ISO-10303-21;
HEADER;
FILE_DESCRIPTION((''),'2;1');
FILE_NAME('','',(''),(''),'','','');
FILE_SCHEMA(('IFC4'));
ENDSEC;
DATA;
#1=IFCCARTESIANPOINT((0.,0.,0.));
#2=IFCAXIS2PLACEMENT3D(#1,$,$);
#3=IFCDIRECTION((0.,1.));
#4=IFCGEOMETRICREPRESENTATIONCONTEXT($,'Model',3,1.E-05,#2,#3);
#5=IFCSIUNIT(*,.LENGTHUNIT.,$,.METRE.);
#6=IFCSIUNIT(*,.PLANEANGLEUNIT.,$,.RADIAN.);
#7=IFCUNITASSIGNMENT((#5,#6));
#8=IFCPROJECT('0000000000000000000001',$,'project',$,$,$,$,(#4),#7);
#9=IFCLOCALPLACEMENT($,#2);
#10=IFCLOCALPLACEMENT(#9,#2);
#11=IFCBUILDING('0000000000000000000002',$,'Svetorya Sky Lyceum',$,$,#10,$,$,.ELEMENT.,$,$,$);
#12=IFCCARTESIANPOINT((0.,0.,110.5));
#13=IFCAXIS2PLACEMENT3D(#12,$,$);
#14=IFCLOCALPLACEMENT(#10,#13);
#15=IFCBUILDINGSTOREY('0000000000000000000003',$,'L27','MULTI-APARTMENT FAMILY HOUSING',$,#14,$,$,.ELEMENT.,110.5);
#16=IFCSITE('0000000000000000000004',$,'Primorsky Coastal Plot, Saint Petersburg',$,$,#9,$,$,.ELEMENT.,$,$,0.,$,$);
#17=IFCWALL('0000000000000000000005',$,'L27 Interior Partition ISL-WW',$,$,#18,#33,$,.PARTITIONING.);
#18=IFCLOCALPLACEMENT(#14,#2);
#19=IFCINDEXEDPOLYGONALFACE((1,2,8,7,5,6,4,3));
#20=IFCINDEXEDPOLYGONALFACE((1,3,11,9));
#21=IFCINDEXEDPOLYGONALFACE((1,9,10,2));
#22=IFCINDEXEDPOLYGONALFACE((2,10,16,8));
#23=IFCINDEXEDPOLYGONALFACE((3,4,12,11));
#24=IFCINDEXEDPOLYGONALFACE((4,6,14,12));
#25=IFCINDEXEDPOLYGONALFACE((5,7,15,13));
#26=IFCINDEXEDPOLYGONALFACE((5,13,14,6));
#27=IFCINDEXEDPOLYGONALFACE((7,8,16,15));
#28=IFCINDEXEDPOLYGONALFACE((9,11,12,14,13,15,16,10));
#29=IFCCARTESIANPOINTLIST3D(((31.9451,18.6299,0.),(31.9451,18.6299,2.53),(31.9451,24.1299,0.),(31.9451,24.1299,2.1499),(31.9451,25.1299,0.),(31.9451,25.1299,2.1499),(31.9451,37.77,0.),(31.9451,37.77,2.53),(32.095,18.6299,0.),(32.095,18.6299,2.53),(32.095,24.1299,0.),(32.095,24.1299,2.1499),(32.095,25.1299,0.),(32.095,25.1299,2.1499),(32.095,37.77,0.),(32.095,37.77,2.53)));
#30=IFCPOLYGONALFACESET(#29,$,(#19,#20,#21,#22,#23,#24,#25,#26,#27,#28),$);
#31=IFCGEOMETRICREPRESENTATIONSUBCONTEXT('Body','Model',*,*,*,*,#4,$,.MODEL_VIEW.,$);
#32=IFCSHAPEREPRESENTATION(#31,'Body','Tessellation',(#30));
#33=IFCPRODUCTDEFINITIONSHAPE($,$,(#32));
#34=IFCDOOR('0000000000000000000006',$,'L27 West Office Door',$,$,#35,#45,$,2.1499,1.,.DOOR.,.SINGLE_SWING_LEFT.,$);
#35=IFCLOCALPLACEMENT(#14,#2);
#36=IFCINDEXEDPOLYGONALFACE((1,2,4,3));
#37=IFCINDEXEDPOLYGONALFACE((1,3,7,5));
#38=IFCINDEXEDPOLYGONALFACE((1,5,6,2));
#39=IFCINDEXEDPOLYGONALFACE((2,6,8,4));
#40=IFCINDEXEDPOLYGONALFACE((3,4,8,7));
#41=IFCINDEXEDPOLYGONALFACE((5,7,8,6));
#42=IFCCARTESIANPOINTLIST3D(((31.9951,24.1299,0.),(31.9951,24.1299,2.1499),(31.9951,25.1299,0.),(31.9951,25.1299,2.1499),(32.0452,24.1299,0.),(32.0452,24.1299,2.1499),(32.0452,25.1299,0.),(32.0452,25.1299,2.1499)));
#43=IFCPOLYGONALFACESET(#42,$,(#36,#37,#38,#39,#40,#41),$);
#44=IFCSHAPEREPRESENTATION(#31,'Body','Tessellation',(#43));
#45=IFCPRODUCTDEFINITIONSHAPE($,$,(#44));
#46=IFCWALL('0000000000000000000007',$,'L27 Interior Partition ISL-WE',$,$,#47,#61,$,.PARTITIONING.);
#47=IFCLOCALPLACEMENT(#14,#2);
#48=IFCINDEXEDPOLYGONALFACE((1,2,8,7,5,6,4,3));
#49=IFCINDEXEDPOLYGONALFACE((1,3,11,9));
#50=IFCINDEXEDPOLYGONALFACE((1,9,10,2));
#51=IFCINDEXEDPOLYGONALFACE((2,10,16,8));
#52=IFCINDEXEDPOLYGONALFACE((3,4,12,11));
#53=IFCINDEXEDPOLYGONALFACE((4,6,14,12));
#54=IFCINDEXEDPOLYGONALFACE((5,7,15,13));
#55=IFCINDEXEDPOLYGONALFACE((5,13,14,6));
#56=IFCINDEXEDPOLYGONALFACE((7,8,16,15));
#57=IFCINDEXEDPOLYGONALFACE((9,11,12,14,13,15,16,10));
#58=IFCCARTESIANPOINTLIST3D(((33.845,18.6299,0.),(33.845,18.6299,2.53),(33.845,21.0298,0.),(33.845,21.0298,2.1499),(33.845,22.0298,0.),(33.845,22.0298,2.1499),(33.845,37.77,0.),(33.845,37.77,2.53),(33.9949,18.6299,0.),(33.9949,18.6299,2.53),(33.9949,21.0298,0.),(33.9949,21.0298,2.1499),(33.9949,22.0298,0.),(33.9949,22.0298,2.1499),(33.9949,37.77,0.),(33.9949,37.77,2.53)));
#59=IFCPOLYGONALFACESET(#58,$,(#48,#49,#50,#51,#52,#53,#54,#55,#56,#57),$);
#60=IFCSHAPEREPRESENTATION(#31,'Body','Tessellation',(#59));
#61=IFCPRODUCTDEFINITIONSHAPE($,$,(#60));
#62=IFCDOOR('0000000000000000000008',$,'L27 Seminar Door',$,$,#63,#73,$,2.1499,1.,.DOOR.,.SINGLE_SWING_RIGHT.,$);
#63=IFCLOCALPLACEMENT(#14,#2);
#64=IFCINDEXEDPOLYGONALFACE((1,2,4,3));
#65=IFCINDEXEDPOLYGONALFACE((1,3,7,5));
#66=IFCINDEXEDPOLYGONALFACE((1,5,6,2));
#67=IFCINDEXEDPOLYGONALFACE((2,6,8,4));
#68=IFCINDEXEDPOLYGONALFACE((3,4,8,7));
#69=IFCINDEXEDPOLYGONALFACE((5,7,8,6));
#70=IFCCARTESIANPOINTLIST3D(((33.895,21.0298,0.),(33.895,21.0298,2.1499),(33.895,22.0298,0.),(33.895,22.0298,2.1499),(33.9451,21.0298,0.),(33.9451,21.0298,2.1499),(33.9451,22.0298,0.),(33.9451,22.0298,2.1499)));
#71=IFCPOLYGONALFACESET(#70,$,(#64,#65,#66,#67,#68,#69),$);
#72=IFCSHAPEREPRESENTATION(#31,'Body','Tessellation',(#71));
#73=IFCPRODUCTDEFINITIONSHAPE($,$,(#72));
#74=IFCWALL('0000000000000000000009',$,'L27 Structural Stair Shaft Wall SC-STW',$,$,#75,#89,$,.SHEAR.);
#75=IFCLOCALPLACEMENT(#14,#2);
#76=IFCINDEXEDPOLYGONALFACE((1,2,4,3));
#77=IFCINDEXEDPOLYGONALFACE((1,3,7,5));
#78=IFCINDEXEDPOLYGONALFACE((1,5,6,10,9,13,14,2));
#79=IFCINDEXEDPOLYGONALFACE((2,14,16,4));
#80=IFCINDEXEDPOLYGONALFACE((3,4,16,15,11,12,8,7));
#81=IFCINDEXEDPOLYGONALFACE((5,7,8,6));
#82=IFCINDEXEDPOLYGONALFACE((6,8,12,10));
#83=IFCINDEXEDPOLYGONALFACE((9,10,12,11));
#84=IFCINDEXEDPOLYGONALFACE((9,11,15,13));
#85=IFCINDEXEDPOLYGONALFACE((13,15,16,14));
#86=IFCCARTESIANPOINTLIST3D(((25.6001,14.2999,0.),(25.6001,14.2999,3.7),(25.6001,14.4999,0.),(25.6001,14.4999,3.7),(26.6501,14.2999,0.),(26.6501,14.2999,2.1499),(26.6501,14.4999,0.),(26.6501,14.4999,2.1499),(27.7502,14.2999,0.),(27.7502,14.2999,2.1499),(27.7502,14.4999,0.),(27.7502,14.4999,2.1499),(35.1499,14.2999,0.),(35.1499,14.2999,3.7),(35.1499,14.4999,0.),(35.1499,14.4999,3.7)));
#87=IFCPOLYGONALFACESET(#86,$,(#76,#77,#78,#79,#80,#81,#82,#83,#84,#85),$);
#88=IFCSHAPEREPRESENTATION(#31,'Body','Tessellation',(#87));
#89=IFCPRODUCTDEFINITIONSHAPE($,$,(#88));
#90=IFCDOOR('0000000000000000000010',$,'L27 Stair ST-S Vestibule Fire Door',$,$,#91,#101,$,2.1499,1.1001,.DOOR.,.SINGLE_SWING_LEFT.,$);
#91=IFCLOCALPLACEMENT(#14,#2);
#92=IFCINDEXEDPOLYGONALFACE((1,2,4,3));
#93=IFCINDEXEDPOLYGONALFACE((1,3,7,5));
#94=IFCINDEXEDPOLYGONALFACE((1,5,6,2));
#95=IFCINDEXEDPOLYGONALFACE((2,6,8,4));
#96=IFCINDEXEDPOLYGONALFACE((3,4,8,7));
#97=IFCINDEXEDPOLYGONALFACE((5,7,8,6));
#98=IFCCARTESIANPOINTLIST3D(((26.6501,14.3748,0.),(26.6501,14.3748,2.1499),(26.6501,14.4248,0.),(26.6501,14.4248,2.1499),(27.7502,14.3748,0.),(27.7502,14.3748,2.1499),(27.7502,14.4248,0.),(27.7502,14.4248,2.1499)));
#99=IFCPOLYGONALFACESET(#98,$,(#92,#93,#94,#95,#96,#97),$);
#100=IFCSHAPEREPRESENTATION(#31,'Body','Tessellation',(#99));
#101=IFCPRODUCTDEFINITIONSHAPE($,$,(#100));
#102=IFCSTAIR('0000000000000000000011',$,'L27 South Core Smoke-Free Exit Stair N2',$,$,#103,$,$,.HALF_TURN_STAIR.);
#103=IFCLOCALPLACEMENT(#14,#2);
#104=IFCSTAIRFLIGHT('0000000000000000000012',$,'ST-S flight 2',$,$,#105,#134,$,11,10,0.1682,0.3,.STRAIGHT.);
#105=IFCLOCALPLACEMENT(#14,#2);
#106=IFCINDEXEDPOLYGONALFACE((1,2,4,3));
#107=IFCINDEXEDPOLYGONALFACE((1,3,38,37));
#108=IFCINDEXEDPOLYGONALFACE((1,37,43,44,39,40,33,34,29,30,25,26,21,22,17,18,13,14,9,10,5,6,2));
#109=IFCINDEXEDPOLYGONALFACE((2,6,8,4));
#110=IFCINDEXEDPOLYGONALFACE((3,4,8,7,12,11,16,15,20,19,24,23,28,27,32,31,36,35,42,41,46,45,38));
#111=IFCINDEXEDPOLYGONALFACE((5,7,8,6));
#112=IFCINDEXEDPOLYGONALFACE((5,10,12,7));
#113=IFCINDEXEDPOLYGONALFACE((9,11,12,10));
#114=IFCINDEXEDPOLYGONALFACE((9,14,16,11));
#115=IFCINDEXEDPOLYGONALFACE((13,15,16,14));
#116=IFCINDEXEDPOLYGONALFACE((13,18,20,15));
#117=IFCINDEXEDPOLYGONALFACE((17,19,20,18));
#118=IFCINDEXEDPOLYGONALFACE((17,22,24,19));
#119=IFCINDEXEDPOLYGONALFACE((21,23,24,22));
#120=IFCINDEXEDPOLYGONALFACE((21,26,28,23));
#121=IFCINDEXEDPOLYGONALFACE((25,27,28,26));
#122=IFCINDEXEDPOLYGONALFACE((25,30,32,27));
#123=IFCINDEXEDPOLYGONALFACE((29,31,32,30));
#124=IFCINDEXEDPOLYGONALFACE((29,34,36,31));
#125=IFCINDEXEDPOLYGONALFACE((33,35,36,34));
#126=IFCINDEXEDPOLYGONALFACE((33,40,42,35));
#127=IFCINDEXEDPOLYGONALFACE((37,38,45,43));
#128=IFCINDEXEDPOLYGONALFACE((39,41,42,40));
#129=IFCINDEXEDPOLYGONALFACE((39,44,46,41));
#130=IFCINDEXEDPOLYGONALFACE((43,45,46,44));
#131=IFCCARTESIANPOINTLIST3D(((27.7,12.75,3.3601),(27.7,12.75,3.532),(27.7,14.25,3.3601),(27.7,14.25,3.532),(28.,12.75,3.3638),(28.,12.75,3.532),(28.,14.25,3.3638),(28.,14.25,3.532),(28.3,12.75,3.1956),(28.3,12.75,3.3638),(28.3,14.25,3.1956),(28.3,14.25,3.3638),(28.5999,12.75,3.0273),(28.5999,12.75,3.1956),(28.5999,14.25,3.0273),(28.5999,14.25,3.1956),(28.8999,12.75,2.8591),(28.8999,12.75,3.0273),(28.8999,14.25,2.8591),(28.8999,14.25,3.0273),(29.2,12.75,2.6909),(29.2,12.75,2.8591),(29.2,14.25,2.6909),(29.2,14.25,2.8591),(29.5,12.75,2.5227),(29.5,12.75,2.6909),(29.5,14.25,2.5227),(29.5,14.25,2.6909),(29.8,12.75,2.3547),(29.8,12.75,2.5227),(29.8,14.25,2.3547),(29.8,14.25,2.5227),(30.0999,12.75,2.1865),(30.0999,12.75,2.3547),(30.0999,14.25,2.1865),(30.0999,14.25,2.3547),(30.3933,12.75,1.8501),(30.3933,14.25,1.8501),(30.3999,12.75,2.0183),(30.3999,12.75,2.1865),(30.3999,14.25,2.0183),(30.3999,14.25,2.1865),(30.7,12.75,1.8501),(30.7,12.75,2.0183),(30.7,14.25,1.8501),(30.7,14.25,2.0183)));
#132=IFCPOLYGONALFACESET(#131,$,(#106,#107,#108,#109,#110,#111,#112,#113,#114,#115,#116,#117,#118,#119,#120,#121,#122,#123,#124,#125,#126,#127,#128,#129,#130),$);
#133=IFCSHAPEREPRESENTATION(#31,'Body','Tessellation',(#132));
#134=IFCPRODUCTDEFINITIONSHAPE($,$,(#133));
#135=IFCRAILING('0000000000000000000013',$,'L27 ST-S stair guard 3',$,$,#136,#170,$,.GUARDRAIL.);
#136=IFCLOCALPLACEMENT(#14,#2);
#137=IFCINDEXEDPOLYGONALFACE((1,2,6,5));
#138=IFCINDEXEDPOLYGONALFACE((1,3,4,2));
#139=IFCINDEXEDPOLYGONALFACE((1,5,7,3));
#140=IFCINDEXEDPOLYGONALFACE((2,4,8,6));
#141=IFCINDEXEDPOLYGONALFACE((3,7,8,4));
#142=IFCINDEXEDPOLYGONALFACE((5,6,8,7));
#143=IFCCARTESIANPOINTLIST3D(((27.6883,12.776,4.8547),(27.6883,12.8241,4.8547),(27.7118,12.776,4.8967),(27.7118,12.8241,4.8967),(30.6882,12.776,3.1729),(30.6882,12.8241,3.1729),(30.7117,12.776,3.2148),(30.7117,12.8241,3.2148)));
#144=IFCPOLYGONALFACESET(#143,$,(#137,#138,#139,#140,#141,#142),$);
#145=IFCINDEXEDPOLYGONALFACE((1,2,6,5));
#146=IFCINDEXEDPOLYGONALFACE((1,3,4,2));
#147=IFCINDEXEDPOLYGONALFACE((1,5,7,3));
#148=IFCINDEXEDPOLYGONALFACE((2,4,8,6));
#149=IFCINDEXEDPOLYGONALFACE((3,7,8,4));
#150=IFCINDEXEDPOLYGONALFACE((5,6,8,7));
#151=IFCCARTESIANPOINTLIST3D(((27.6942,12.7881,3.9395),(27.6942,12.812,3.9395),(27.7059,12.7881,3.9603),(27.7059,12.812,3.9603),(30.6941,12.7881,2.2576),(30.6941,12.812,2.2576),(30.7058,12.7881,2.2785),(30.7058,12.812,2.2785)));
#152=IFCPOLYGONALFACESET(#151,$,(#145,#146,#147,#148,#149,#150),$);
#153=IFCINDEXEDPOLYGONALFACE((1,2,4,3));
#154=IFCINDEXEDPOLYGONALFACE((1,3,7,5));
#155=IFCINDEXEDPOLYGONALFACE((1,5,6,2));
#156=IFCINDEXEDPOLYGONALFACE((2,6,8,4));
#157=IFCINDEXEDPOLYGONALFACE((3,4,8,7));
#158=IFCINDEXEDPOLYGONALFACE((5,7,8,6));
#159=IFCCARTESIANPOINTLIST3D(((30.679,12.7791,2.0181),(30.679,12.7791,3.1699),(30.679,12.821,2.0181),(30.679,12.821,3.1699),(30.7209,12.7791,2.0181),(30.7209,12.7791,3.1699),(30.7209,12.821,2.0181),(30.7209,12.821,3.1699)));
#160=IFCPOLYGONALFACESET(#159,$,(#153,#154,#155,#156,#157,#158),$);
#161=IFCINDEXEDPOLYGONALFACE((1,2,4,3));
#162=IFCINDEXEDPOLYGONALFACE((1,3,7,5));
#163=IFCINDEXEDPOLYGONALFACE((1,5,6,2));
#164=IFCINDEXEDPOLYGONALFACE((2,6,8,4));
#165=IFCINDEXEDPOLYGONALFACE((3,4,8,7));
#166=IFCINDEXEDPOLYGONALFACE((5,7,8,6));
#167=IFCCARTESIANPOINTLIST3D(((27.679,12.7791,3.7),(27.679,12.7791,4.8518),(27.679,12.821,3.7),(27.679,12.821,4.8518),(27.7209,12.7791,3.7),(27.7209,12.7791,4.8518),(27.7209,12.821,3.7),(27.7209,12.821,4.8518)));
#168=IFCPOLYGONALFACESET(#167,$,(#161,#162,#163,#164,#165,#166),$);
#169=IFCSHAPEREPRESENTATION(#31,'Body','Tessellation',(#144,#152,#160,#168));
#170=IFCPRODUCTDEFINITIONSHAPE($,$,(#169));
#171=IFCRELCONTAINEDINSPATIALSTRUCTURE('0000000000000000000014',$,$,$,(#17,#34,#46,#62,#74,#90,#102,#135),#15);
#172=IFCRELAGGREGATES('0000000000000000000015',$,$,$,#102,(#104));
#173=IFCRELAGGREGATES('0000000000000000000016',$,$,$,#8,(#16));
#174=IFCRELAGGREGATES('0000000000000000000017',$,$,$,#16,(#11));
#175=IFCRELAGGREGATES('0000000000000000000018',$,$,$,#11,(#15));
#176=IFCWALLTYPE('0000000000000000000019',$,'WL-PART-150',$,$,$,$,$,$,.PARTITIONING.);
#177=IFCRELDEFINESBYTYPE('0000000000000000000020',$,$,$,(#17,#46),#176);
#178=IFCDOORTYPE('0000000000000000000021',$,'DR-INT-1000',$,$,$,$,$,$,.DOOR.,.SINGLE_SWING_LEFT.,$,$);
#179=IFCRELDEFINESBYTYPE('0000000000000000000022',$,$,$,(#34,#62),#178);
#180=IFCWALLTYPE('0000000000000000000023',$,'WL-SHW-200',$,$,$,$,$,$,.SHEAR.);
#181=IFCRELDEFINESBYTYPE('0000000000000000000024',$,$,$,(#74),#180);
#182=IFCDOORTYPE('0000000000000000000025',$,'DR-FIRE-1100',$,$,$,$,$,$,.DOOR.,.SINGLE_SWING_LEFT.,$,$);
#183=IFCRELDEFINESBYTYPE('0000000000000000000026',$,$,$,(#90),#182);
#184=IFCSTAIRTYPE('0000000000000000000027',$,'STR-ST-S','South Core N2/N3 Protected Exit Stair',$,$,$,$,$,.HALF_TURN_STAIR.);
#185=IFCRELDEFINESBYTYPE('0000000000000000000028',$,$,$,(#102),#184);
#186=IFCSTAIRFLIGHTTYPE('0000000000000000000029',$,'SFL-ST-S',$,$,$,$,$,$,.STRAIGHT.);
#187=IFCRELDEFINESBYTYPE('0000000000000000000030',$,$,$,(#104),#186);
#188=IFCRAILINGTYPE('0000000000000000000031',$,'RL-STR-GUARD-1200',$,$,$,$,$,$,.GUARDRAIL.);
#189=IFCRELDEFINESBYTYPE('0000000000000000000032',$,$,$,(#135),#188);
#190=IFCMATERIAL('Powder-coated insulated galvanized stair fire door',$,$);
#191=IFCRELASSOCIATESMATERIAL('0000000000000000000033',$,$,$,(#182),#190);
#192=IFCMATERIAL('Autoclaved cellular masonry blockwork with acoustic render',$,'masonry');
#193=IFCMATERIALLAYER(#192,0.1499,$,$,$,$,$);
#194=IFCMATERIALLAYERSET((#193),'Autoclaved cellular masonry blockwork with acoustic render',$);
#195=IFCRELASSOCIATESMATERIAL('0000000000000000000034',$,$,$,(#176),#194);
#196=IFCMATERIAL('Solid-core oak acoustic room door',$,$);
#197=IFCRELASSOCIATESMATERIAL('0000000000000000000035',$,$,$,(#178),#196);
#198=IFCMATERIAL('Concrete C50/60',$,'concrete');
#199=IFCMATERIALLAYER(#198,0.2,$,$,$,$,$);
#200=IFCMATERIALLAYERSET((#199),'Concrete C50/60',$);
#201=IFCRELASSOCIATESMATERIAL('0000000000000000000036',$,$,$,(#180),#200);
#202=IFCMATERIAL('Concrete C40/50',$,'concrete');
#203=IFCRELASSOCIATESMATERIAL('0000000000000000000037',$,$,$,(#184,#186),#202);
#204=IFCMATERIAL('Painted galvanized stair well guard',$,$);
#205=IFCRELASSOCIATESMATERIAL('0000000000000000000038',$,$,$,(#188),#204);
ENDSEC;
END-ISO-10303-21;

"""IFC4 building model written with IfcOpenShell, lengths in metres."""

from ifc_helpers import new_model, si_unit, direction, frame, frame_2d, origin, origin_2d, place, context, subcontext, project, spatial, polyline, rectangle, outline, extrude, material, layer, layer_set, type_object, element, fill, aggregate, save


model = new_model("IFC4")

# Units and contexts
model_context = context("Model", 3, precision=1e-05, world=origin(), true_north=direction((0.0, 1.0)))
body_context = subcontext(model_context, "Body", "Model", "MODEL_VIEW")
ifc_project = project(units=[si_unit("LENGTHUNIT", "METRE"), si_unit("PLANEANGLEUNIT", "RADIAN")], contexts=[model_context])

# Site, building, storey
site_placement = place(None, origin())
site = spatial("IfcSite", under=ifc_project, at=site_placement, Name="Primorsky Coastal Plot, Saint Petersburg", CompositionType="ELEMENT", RefElevation=0.0)
building_placement = place(site_placement, origin())
building = spatial("IfcBuilding", under=site, at=building_placement, Name="Svetorya Sky Lyceum", CompositionType="ELEMENT")
storey_placement = place(building_placement, frame((0.0, 0.0, 110.5)))
storey = spatial("IfcBuildingStorey", under=building, at=storey_placement, Name="L27", Description="MULTI-APARTMENT FAMILY HOUSING", CompositionType="ELEMENT", Elevation=110.5)

# Shared definitions
ifc_material_1 = material(Name="Concrete C50/60", Category="concrete")

# Shared definitions
ifc_material_2 = material(Name="Powder-coated insulated galvanized stair fire door")
door_type_1 = type_object("IfcDoorType", Name="DR-FIRE-1100", OperationType="SINGLE_SWING_LEFT", PredefinedType="DOOR", material=ifc_material_2)

# Shared definitions
ifc_material_3 = material(Name="Autoclaved cellular masonry blockwork with acoustic render", Category="masonry")
ifc_layer_1 = layer(ifc_material_3, 0.1499)
ifc_layer_set_1 = layer_set([ifc_layer_1], Name="Autoclaved cellular masonry blockwork with acoustic render")
wall_type_1 = type_object("IfcWallType", Name="WL-PART-150", PredefinedType="PARTITIONING", material=ifc_layer_set_1)

# Walls, openings, doors
wall_1_placement = place(storey_placement, frame((32.02, 18.6299, 0.0), z_axis=(0.0, 0.0, 1.0), x_axis=(0.0, 1.0, 0.0)))
wall_1 = element("IfcWall", 1, at=wall_1_placement, inside=storey, type_object=wall_type_1, Name="L27 Interior Partition ISL-WW", PredefinedType="PARTITIONING", context=body_context, shape_type="SweptSolid", body=[
    extrude(rectangle(XDim=19.1401, YDim=0.1499, at=frame_2d((9.5701, 0.0))), origin(), (0.0, 0.0, 1.0), 2.53),
])
opening_1_placement = place(wall_1_placement, frame((5.5, 0.0, 0.0)))
opening_1 = element("IfcOpeningElement", 2, at=opening_1_placement, cuts=wall_1, PredefinedType="OPENING", context=body_context, shape_type="SweptSolid", body=[
    extrude(rectangle(XDim=1.0, YDim=2.1499, at=frame_2d((0.5, 1.075))), frame((0.0, 0.085, 0.0), z_axis=(0.0, -1.0, 0.0), x_axis=(1.0, 0.0, 0.0)), (0.0, 0.0, 1.0), 0.1699),
])
ifc_material_4 = material(Name="Solid-core oak acoustic room door")
door_type_2 = type_object("IfcDoorType", Name="DR-INT-1000", OperationType="SINGLE_SWING_LEFT", PredefinedType="DOOR", material=ifc_material_4)
door_1_placement = place(opening_1_placement, origin())
door_1 = element("IfcDoor", 3, at=door_1_placement, inside=storey, type_object=door_type_2, Name="L27 West Office Door", OperationType="SINGLE_SWING_LEFT", OverallHeight=2.1499, OverallWidth=1.0, PredefinedType="DOOR", context=body_context, shape_type="SweptSolid", body=[
    extrude(rectangle(XDim=1.0, YDim=2.1499, at=frame_2d((0.5, 1.075))), frame((0.0, 0.0249, 0.0), z_axis=(0.0, -1.0, 0.0), x_axis=(1.0, 0.0, 0.0)), (0.0, 0.0, 1.0), 0.05),
])
fill(opening_1, door_1)
wall_2_placement = place(storey_placement, frame((33.9199, 18.6299, 0.0), z_axis=(0.0, 0.0, 1.0), x_axis=(0.0, 1.0, 0.0)))
wall_2 = element("IfcWall", 4, at=wall_2_placement, inside=storey, type_object=wall_type_1, Name="L27 Interior Partition ISL-WE", PredefinedType="PARTITIONING", context=body_context, shape_type="SweptSolid", body=[
    extrude(rectangle(XDim=19.1401, YDim=0.1499, at=frame_2d((9.5701, 0.0))), origin(), (0.0, 0.0, 1.0), 2.53),
])
opening_2_placement = place(wall_2_placement, frame((2.3999, 0.0, 0.0)))
opening_2 = element("IfcOpeningElement", 5, at=opening_2_placement, cuts=wall_2, PredefinedType="OPENING", context=body_context, shape_type="SweptSolid", body=[
    extrude(rectangle(XDim=1.0, YDim=2.1499, at=frame_2d((0.5, 1.075))), frame((0.0, 0.085, 0.0), z_axis=(0.0, -1.0, 0.0), x_axis=(1.0, 0.0, 0.0)), (0.0, 0.0, 1.0), 0.1699),
])
door_2_placement = place(opening_2_placement, origin())
door_2 = element("IfcDoor", 6, at=door_2_placement, inside=storey, type_object=door_type_2, Name="L27 Seminar Door", OperationType="SINGLE_SWING_RIGHT", OverallHeight=2.1499, OverallWidth=1.0, PredefinedType="DOOR", context=body_context, shape_type="SweptSolid", body=[
    extrude(rectangle(XDim=1.0, YDim=2.1499, at=frame_2d((0.5, 1.075))), frame((0.0, 0.0249, 0.0), z_axis=(0.0, -1.0, 0.0), x_axis=(1.0, 0.0, 0.0)), (0.0, 0.0, 1.0), 0.05),
])
fill(opening_2, door_2)
ifc_layer_2 = layer(ifc_material_1, 0.2)
ifc_layer_set_2 = layer_set([ifc_layer_2], Name="Concrete C50/60")
wall_type_2 = type_object("IfcWallType", Name="WL-SHW-200", PredefinedType="SHEAR", material=ifc_layer_set_2)
wall_3_placement = place(storey_placement, frame((25.6001, 14.3999, 0.0), z_axis=(0.0, 0.0, 1.0), x_axis=(1.0, 0.0, 0.0)))
wall_3 = element("IfcWall", 7, at=wall_3_placement, inside=storey, type_object=wall_type_2, Name="L27 Structural Stair Shaft Wall SC-STW", PredefinedType="SHEAR", context=body_context, shape_type="SweptSolid", body=[
    extrude(rectangle(XDim=9.5498, YDim=0.2, at=frame_2d((4.7749, 0.0))), origin(), (0.0, 0.0, 1.0), 3.7),
])
opening_3_placement = place(wall_3_placement, frame((1.05, 0.0, 0.0)))
opening_3 = element("IfcOpeningElement", 8, at=opening_3_placement, cuts=wall_3, PredefinedType="OPENING", context=body_context, shape_type="SweptSolid", body=[
    extrude(rectangle(XDim=1.1001, YDim=2.1499, at=frame_2d((0.55, 1.075))), frame((0.0, 0.1099, 0.0), z_axis=(0.0, -1.0, 0.0), x_axis=(1.0, 0.0, 0.0)), (0.0, 0.0, 1.0), 0.22),
])
door_3_placement = place(opening_3_placement, origin())
door_3 = element("IfcDoor", 9, at=door_3_placement, inside=storey, type_object=door_type_1, Name="L27 Stair ST-S Vestibule Fire Door", OperationType="SINGLE_SWING_LEFT", OverallHeight=2.1499, OverallWidth=1.1001, PredefinedType="DOOR", context=body_context, shape_type="SweptSolid", body=[
    extrude(rectangle(XDim=1.1001, YDim=2.1499, at=frame_2d((0.55, 1.075))), frame((0.0, 0.0249, 0.0), z_axis=(0.0, -1.0, 0.0), x_axis=(1.0, 0.0, 0.0)), (0.0, 0.0, 1.0), 0.05),
])
fill(opening_3, door_3)

# Stair, stair flight
ifc_material_5 = material(Name="Concrete C40/50", Category="concrete")
stair_type = type_object("IfcStairType", Name="STR-ST-S", Description="South Core N2/N3 Protected Exit Stair", PredefinedType="HALF_TURN_STAIR", material=ifc_material_5)
stair_placement = place(storey_placement, origin())
stair = element("IfcStair", 10, at=stair_placement, inside=storey, type_object=stair_type, Name="L27 South Core Smoke-Free Exit Stair N2", PredefinedType="HALF_TURN_STAIR")
stair_flight_type = type_object("IfcStairFlightType", Name="SFL-ST-S", PredefinedType="STRAIGHT", material=ifc_material_5)
stair_flight_placement = place(storey_placement, frame((30.7, 13.5, 1.8501), z_axis=(0.0, 0.0, 1.0), x_axis=(-1.0, 0.0, 0.0)))
stair_flight = element("IfcStairFlight", 11, at=stair_flight_placement, type_object=stair_flight_type, Name="ST-S flight 2", NumberOfRisers=11, NumberOfTreads=10, PredefinedType="STRAIGHT", RiserHeight=0.1682, TreadLength=0.3, context=body_context, shape_type="SweptSolid", body=[
    extrude(outline(polyline([(0.0, 0.0), (0.0, 0.1682), (0.3, 0.1682), (0.3, 0.3364), (0.6001, 0.3364), (0.6001, 0.5046), (0.8999, 0.5046), (0.8999, 0.6726), (1.2, 0.6726), (1.2, 0.8408), (1.5, 0.8408), (1.5, 1.009), (1.8, 1.009), (1.8, 1.1772), (2.1001, 1.1772), (2.1001, 1.3455), (2.3999, 1.3455), (2.3999, 1.5137), (2.7, 1.5137), (2.7, 1.6819), (3.0, 1.6819), (3.0, 1.8501), (3.0, 1.51), (0.3066, 0.0), (0.0, 0.0)])), frame((0.0, 0.75, 0.0), z_axis=(0.0, -1.0, 0.0), x_axis=(1.0, 0.0, 0.0)), (0.0, 0.0, 1.0), 1.5),
])
aggregate(stair, [stair_flight])

# Railing
ifc_material_6 = material(Name="Painted galvanized stair well guard")
railing_type_1 = type_object("IfcRailingType", Name="RL-STR-GUARD-1200", PredefinedType="GUARDRAIL", material=ifc_material_6)
railing_1_placement = place(storey_placement, frame((30.7, 12.8, 2.0181)))
element("IfcRailing", 12, at=railing_1_placement, inside=storey, type_object=railing_type_1, Name="L27 ST-S stair guard 3", PredefinedType="GUARDRAIL", context=body_context, shape_type="SweptSolid", body=[
    extrude(rectangle(XDim=0.0481, YDim=0.0481, at=origin_2d()), frame((0.0, 0.0, 1.1758), z_axis=(-0.872272, 0.0, 0.48902), x_axis=(0.0, -1.0, 0.0)), (0.0, 0.0, 1.0), 3.4392),
    extrude(rectangle(XDim=0.0239, YDim=0.0239, at=origin_2d()), frame((0.0, 0.0, 0.25), z_axis=(-0.872272, 0.0, 0.48902), x_axis=(0.0, -1.0, 0.0)), (0.0, 0.0, 1.0), 3.4392),
    extrude(rectangle(XDim=0.042, YDim=0.042, at=origin_2d()), origin(), (0.0, 0.0, 1.0), 1.1519),
    extrude(rectangle(XDim=0.042, YDim=0.042, at=origin_2d()), frame((-3.0, 0.0, 1.6819)), (0.0, 0.0, 1.0), 1.1519),
])

save(model, "model.ifc")
